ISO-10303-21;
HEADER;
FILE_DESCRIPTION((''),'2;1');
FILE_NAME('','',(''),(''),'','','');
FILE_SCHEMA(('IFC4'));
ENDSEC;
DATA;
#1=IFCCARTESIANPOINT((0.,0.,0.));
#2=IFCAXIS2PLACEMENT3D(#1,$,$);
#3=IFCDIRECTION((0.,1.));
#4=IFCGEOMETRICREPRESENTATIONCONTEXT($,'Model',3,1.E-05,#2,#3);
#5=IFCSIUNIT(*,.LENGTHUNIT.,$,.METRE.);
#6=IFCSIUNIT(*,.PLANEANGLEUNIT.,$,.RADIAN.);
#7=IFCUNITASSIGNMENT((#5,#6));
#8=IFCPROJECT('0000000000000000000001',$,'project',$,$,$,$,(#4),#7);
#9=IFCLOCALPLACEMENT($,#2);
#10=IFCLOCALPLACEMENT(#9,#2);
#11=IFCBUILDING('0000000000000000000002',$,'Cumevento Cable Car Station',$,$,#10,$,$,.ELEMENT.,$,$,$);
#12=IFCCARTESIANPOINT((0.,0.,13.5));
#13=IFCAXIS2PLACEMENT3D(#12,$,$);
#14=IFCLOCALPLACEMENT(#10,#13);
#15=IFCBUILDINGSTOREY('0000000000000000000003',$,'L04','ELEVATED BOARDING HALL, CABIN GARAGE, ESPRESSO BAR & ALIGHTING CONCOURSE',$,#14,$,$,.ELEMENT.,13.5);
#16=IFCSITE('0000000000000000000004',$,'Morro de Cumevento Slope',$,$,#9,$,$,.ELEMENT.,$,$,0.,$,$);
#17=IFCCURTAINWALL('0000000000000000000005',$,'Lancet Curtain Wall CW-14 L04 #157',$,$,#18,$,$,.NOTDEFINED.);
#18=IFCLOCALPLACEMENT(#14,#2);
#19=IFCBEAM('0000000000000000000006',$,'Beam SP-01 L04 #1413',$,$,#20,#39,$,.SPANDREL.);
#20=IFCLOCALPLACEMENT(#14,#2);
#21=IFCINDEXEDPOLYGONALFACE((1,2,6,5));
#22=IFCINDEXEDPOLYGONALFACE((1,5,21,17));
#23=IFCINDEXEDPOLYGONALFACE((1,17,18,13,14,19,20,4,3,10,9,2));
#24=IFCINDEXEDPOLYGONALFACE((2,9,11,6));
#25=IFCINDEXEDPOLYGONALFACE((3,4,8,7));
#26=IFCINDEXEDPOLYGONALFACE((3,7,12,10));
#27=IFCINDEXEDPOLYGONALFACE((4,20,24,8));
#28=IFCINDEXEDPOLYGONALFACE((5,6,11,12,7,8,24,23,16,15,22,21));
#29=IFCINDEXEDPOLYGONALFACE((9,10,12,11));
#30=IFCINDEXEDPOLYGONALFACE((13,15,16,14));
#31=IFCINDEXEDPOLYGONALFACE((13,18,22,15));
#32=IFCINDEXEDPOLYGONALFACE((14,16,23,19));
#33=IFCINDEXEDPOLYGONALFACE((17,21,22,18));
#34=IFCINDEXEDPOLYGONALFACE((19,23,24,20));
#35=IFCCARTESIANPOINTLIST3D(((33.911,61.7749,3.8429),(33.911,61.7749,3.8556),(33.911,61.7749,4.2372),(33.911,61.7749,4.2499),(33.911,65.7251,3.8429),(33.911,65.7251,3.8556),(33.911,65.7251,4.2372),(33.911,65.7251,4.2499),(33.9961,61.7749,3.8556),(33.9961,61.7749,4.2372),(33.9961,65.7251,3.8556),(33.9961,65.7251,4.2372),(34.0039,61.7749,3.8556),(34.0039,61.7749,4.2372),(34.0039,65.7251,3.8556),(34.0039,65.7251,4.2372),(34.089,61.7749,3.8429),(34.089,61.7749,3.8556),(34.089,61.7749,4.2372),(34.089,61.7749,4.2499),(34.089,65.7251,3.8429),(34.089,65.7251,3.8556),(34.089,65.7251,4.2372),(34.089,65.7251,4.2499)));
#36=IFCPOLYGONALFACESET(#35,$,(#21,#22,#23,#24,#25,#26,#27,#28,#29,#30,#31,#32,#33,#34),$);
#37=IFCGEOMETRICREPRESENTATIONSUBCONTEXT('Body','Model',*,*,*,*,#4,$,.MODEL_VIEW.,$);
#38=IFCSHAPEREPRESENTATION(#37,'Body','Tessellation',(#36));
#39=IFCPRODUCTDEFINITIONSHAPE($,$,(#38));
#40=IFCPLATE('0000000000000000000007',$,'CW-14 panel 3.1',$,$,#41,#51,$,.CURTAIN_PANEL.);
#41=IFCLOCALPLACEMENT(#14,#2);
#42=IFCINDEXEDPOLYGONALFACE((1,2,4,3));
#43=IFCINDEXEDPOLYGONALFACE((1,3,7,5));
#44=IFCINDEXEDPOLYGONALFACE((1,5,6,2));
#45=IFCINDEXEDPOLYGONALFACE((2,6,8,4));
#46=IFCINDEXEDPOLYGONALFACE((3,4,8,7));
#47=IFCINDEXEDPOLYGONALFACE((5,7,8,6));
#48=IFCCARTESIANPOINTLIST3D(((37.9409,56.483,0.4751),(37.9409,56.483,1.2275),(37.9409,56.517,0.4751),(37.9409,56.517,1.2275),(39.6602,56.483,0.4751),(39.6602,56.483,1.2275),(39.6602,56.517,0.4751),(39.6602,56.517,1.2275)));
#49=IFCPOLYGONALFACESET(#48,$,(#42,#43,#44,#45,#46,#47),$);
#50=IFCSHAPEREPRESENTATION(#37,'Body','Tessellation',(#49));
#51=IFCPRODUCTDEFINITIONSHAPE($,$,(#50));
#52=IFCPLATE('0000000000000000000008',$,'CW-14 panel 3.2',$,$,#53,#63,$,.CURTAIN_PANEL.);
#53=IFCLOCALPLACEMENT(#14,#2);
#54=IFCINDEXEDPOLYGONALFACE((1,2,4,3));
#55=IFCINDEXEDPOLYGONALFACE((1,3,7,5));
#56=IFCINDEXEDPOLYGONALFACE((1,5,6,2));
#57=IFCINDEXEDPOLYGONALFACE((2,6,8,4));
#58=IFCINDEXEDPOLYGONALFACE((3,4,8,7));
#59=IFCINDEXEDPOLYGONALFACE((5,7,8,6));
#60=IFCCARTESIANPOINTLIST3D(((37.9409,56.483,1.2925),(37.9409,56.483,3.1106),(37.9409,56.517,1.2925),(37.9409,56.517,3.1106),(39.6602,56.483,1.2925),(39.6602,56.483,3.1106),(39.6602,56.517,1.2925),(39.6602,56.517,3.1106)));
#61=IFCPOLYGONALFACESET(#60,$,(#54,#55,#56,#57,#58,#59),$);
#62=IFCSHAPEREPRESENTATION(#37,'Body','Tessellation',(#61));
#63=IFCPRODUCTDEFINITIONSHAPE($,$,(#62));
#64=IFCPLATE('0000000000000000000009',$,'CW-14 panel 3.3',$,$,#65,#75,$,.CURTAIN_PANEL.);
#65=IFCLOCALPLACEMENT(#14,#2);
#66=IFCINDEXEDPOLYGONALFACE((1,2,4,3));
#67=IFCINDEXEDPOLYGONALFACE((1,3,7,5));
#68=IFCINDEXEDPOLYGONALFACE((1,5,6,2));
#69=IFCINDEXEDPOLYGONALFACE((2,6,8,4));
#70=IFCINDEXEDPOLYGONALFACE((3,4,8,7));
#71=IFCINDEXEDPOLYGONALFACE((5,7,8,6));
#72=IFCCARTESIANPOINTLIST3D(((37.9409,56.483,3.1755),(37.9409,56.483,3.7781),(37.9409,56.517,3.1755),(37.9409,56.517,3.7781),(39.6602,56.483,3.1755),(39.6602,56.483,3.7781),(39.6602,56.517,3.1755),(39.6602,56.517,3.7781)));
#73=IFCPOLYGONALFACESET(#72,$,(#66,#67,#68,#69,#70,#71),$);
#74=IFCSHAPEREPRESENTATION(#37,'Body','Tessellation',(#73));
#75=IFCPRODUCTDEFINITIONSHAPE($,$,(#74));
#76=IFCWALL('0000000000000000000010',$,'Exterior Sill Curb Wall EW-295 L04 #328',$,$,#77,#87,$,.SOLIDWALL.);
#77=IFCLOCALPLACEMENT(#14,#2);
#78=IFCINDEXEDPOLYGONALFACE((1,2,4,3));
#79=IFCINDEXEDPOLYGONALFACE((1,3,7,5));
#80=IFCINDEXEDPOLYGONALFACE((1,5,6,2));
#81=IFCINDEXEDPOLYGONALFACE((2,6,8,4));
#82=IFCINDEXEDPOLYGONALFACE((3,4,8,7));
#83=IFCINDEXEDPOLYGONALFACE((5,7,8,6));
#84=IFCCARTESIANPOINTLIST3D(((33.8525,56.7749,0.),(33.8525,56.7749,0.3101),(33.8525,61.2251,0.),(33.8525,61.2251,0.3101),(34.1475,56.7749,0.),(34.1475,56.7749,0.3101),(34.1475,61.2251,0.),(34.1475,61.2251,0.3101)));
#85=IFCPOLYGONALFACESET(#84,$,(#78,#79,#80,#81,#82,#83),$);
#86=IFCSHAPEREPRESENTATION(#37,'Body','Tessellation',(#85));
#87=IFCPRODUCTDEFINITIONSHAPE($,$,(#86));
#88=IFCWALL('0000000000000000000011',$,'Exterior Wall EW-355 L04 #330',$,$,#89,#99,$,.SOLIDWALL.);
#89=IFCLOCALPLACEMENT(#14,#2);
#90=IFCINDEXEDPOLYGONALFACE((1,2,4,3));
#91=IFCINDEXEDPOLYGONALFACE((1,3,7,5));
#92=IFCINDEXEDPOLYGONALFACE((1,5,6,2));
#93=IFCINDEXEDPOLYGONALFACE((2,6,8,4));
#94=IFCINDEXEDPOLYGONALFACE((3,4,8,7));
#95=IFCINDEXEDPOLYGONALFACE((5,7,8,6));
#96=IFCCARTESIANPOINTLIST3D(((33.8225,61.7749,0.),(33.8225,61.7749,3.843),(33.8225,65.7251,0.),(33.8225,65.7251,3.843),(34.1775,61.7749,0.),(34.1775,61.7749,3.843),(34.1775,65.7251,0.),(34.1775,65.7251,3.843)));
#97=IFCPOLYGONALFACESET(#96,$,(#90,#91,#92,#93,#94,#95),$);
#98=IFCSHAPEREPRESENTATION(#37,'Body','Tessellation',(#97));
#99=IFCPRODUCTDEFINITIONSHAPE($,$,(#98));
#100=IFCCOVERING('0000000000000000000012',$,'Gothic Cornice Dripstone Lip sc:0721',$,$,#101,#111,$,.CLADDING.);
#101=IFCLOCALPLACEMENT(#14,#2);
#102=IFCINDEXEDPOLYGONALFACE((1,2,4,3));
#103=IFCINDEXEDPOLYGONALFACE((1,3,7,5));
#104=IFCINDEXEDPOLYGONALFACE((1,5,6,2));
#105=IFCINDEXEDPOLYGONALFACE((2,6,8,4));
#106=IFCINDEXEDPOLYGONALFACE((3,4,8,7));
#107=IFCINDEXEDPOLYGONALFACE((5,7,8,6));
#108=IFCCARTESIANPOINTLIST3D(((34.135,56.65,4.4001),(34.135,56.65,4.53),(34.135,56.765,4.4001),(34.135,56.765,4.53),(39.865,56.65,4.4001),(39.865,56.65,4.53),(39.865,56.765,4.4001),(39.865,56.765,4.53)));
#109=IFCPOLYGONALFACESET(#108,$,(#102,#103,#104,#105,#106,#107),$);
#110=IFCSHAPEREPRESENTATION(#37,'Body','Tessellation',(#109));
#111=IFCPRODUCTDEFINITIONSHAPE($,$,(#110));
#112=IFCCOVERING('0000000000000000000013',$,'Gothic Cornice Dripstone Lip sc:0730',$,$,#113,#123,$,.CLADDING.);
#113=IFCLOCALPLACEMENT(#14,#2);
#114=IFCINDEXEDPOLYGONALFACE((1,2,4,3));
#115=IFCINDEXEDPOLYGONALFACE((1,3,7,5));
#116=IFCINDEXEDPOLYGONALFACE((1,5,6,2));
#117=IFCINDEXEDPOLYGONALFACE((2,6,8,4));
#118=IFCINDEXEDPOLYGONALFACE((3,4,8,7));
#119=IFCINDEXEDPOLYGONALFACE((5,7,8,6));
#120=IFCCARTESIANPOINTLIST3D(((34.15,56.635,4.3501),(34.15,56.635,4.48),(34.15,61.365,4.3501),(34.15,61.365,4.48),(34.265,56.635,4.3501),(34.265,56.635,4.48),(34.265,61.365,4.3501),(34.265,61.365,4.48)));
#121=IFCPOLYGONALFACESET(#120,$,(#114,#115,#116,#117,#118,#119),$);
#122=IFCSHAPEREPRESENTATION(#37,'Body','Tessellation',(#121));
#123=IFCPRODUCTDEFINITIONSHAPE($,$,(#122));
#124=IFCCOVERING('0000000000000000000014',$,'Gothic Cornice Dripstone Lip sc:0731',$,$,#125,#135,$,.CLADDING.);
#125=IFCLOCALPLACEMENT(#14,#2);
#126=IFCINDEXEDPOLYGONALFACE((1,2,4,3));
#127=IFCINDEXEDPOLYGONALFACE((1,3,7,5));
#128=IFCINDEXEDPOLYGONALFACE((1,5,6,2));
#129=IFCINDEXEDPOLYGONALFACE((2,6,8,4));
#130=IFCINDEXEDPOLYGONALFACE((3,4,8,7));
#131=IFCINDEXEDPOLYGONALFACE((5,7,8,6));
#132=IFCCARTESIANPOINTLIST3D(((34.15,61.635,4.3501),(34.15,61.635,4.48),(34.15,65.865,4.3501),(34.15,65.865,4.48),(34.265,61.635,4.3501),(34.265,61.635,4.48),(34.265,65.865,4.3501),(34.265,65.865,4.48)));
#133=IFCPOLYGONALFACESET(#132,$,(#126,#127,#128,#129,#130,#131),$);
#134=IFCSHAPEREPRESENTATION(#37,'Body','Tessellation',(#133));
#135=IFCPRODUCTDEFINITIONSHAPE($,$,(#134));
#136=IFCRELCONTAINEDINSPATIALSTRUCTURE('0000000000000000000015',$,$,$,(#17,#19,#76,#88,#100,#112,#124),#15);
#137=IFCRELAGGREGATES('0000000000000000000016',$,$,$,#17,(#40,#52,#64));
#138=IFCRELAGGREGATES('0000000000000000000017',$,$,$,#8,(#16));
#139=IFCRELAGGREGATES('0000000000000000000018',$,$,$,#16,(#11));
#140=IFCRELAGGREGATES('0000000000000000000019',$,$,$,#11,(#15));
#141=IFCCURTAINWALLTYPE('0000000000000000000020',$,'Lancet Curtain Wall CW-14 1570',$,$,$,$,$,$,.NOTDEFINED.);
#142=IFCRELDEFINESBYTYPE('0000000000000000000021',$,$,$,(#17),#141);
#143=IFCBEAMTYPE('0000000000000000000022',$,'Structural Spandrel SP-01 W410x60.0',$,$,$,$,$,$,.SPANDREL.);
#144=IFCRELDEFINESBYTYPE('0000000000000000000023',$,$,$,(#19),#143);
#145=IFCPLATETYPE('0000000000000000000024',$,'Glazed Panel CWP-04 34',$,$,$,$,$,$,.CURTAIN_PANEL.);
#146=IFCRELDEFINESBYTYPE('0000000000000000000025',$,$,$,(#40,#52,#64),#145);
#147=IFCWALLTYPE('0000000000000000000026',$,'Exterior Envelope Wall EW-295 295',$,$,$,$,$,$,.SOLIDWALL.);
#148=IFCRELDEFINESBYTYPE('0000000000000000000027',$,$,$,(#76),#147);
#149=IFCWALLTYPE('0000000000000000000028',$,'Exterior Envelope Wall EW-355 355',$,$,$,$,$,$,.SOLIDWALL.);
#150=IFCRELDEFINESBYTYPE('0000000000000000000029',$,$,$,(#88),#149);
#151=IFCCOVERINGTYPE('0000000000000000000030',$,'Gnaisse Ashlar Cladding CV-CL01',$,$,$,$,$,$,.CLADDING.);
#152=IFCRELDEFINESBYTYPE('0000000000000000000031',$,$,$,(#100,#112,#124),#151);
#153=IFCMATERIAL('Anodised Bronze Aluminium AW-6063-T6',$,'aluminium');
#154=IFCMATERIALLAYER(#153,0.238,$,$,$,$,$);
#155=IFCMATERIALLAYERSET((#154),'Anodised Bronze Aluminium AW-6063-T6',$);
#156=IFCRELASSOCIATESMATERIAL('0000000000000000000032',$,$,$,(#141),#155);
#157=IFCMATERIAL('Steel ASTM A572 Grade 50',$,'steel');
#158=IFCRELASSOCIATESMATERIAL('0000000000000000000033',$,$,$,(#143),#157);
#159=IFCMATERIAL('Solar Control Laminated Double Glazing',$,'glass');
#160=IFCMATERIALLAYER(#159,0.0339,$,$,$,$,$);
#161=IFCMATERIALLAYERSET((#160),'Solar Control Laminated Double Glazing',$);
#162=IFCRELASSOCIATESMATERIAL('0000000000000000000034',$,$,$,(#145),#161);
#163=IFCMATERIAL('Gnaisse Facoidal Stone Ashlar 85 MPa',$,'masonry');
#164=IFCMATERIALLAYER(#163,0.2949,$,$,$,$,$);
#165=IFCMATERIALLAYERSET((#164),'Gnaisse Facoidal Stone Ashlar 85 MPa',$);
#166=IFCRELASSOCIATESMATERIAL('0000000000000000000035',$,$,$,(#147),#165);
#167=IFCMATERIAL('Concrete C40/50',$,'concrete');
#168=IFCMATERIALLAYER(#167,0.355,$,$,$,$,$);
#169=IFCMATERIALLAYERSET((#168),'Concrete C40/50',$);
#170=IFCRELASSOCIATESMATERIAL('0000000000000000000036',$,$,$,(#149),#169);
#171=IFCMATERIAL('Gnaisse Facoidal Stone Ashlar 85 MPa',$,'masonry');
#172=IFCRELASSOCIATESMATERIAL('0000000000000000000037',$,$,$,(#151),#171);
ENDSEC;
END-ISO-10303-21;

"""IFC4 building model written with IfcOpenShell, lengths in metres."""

from ifc_helpers import new_model, si_unit, direction, frame, frame_2d, origin, origin_2d, place, context, subcontext, project, spatial, rectangle, i_section, extrude, material, layer, layer_set, material_profile, profile_set, type_object, element, aggregate, save


model = new_model("IFC4")

# Units and contexts
model_context = context("Model", 3, precision=1e-05, world=origin(), true_north=direction((0.0, 1.0)))
body_context = subcontext(model_context, "Body", "Model", "MODEL_VIEW")
ifc_project = project(units=[si_unit("LENGTHUNIT", "METRE"), si_unit("PLANEANGLEUNIT", "RADIAN")], contexts=[model_context])

# Site, building, storey
site_placement = place(None, origin())
site = spatial("IfcSite", under=ifc_project, at=site_placement, Name="Morro de Cumevento Slope", CompositionType="ELEMENT", RefElevation=0.0)
building_placement = place(site_placement, origin())
building = spatial("IfcBuilding", under=site, at=building_placement, Name="Cumevento Cable Car Station", CompositionType="ELEMENT")
storey_placement = place(building_placement, frame((0.0, 0.0, 13.5)))
storey = spatial("IfcBuildingStorey", under=building, at=storey_placement, Name="L04", Description="ELEVATED BOARDING HALL, CABIN GARAGE, ESPRESSO BAR & ALIGHTING CONCOURSE", CompositionType="ELEMENT", Elevation=13.5)

# Curtain wall
ifc_material_1 = material(Name="Anodised Bronze Aluminium AW-6063-T6", Category="aluminium")
ifc_layer_1 = layer(ifc_material_1, 0.238)
ifc_layer_set_1 = layer_set([ifc_layer_1], Name="Anodised Bronze Aluminium AW-6063-T6")
curtain_wall_type_1 = type_object("IfcCurtainWallType", Name="Lancet Curtain Wall CW-14 1570", PredefinedType="NOTDEFINED", material=ifc_layer_set_1)
curtain_wall_1_placement = place(storey_placement, origin())
curtain_wall_1 = element("IfcCurtainWall", 1, at=curtain_wall_1_placement, inside=storey, type_object=curtain_wall_type_1, Name="Lancet Curtain Wall CW-14 L04 #157", PredefinedType="NOTDEFINED")

# Beam
ifc_material_2 = material(Name="Steel ASTM A572 Grade 50", Category="steel")
ifc_material_profile_1 = material_profile(ifc_material_2, i_section(OverallWidth=0.178, OverallDepth=0.407, WebThickness=0.0078, FlangeThickness=0.0127, at=origin_2d()), Name="W410x60.0")
ifc_profile_set_1 = profile_set([ifc_material_profile_1], Name="Steel ASTM A572 Grade 50")
beam_type = type_object("IfcBeamType", Name="Structural Spandrel SP-01 W410x60.0", PredefinedType="SPANDREL", material=ifc_profile_set_1)
beam_placement = place(storey_placement, frame((34.0, 61.7749, 4.0464), z_axis=(0.0, 1.0, 0.0), x_axis=(-1.0, 0.0, 0.0)))
element("IfcBeam", 2, at=beam_placement, inside=storey, type_object=beam_type, Name="Beam SP-01 L04 #1413", PredefinedType="SPANDREL", context=body_context, shape_type="SweptSolid", body=[
    extrude(i_section(OverallWidth=0.178, OverallDepth=0.407, WebThickness=0.0078, FlangeThickness=0.0127, at=origin_2d()), origin(), (0.0, 0.0, 1.0), 3.9502),
])

# Plates
ifc_material_3 = material(Name="Solar Control Laminated Double Glazing", Category="glass")
ifc_layer_2 = layer(ifc_material_3, 0.0339)
ifc_layer_set_2 = layer_set([ifc_layer_2], Name="Solar Control Laminated Double Glazing")
plate_type = type_object("IfcPlateType", Name="Glazed Panel CWP-04 34", PredefinedType="CURTAIN_PANEL", material=ifc_layer_set_2)
plate_1_placement = place(storey_placement, frame((38.8005, 56.5, 0.4751), z_axis=(0.0, 0.0, 1.0), x_axis=(1.0, 0.0, 0.0)))
plate_1 = element("IfcPlate", 3, at=plate_1_placement, type_object=plate_type, Name="CW-14 panel 3.1", PredefinedType="CURTAIN_PANEL", context=body_context, shape_type="SweptSolid", body=[
    extrude(rectangle(XDim=1.7192, YDim=0.0339, at=origin_2d()), origin(), (0.0, 0.0, 1.0), 0.7524),
])
plate_2_placement = place(storey_placement, frame((38.8005, 56.5, 1.2925), z_axis=(0.0, 0.0, 1.0), x_axis=(1.0, 0.0, 0.0)))
plate_2 = element("IfcPlate", 4, at=plate_2_placement, type_object=plate_type, Name="CW-14 panel 3.2", PredefinedType="CURTAIN_PANEL", context=body_context, shape_type="SweptSolid", body=[
    extrude(rectangle(XDim=1.7192, YDim=0.0339, at=origin_2d()), origin(), (0.0, 0.0, 1.0), 1.8181),
])
plate_3_placement = place(storey_placement, frame((38.8005, 56.5, 3.1755), z_axis=(0.0, 0.0, 1.0), x_axis=(1.0, 0.0, 0.0)))
plate_3 = element("IfcPlate", 5, at=plate_3_placement, type_object=plate_type, Name="CW-14 panel 3.3", PredefinedType="CURTAIN_PANEL", context=body_context, shape_type="SweptSolid", body=[
    extrude(rectangle(XDim=1.7192, YDim=0.0339, at=origin_2d()), origin(), (0.0, 0.0, 1.0), 0.6025),
])
aggregate(curtain_wall_1, [plate_1, plate_2, plate_3])

# Walls
ifc_material_4 = material(Name="Gnaisse Facoidal Stone Ashlar 85 MPa", Category="masonry")
ifc_layer_3 = layer(ifc_material_4, 0.2949)
ifc_layer_set_3 = layer_set([ifc_layer_3], Name="Gnaisse Facoidal Stone Ashlar 85 MPa")
wall_type_1 = type_object("IfcWallType", Name="Exterior Envelope Wall EW-295 295", PredefinedType="SOLIDWALL", material=ifc_layer_set_3)
wall_1_placement = place(storey_placement, frame((34.0, 61.2251, 0.0), z_axis=(0.0, 0.0, 1.0), x_axis=(0.0, -1.0, 0.0)))
element("IfcWall", 6, at=wall_1_placement, inside=storey, type_object=wall_type_1, Name="Exterior Sill Curb Wall EW-295 L04 #328", PredefinedType="SOLIDWALL", context=body_context, shape_type="SweptSolid", body=[
    extrude(rectangle(XDim=4.4502, YDim=0.2949, at=frame_2d((2.2251, 0.0))), origin(), (0.0, 0.0, 1.0), 0.3101),
])
ifc_material_5 = material(Name="Concrete C40/50", Category="concrete")
ifc_layer_4 = layer(ifc_material_5, 0.355)
ifc_layer_set_4 = layer_set([ifc_layer_4], Name="Concrete C40/50")
wall_type_2 = type_object("IfcWallType", Name="Exterior Envelope Wall EW-355 355", PredefinedType="SOLIDWALL", material=ifc_layer_set_4)
wall_2_placement = place(storey_placement, frame((34.0, 65.7251, 0.0), z_axis=(0.0, 0.0, 1.0), x_axis=(0.0, -1.0, 0.0)))
element("IfcWall", 7, at=wall_2_placement, inside=storey, type_object=wall_type_2, Name="Exterior Wall EW-355 L04 #330", PredefinedType="SOLIDWALL", context=body_context, shape_type="SweptSolid", body=[
    extrude(rectangle(XDim=3.9502, YDim=0.355, at=frame_2d((1.9751, 0.0))), origin(), (0.0, 0.0, 1.0), 3.843),
])

# Coverings
ifc_material_6 = material(Name="Gnaisse Facoidal Stone Ashlar 85 MPa", Category="masonry")
covering_type = type_object("IfcCoveringType", Name="Gnaisse Ashlar Cladding CV-CL01", PredefinedType="CLADDING", material=ifc_material_6)
covering_1_placement = place(storey_placement, frame((37.0, 56.7075, 4.4001), z_axis=(0.0, 0.0, 1.0), x_axis=(1.0, 0.0, 0.0)))
element("IfcCovering", 8, at=covering_1_placement, inside=storey, type_object=covering_type, Name="Gothic Cornice Dripstone Lip sc:0721", PredefinedType="CLADDING", context=body_context, shape_type="SweptSolid", body=[
    extrude(rectangle(XDim=5.73, YDim=0.115, at=origin_2d()), origin(), (0.0, 0.0, 1.0), 0.1299),
])
covering_2_placement = place(storey_placement, frame((34.2075, 59.0, 4.3501), z_axis=(0.0, 0.0, 1.0), x_axis=(0.0, -1.0, 0.0)))
element("IfcCovering", 9, at=covering_2_placement, inside=storey, type_object=covering_type, Name="Gothic Cornice Dripstone Lip sc:0730", PredefinedType="CLADDING", context=body_context, shape_type="SweptSolid", body=[
    extrude(rectangle(XDim=4.73, YDim=0.115, at=origin_2d()), origin(), (0.0, 0.0, 1.0), 0.1299),
])
covering_3_placement = place(storey_placement, frame((34.2075, 63.75, 4.3501), z_axis=(0.0, 0.0, 1.0), x_axis=(0.0, -1.0, 0.0)))
element("IfcCovering", 10, at=covering_3_placement, inside=storey, type_object=covering_type, Name="Gothic Cornice Dripstone Lip sc:0731", PredefinedType="CLADDING", context=body_context, shape_type="SweptSolid", body=[
    extrude(rectangle(XDim=4.23, YDim=0.115, at=origin_2d()), origin(), (0.0, 0.0, 1.0), 0.1299),
])

save(model, "model.ifc")
